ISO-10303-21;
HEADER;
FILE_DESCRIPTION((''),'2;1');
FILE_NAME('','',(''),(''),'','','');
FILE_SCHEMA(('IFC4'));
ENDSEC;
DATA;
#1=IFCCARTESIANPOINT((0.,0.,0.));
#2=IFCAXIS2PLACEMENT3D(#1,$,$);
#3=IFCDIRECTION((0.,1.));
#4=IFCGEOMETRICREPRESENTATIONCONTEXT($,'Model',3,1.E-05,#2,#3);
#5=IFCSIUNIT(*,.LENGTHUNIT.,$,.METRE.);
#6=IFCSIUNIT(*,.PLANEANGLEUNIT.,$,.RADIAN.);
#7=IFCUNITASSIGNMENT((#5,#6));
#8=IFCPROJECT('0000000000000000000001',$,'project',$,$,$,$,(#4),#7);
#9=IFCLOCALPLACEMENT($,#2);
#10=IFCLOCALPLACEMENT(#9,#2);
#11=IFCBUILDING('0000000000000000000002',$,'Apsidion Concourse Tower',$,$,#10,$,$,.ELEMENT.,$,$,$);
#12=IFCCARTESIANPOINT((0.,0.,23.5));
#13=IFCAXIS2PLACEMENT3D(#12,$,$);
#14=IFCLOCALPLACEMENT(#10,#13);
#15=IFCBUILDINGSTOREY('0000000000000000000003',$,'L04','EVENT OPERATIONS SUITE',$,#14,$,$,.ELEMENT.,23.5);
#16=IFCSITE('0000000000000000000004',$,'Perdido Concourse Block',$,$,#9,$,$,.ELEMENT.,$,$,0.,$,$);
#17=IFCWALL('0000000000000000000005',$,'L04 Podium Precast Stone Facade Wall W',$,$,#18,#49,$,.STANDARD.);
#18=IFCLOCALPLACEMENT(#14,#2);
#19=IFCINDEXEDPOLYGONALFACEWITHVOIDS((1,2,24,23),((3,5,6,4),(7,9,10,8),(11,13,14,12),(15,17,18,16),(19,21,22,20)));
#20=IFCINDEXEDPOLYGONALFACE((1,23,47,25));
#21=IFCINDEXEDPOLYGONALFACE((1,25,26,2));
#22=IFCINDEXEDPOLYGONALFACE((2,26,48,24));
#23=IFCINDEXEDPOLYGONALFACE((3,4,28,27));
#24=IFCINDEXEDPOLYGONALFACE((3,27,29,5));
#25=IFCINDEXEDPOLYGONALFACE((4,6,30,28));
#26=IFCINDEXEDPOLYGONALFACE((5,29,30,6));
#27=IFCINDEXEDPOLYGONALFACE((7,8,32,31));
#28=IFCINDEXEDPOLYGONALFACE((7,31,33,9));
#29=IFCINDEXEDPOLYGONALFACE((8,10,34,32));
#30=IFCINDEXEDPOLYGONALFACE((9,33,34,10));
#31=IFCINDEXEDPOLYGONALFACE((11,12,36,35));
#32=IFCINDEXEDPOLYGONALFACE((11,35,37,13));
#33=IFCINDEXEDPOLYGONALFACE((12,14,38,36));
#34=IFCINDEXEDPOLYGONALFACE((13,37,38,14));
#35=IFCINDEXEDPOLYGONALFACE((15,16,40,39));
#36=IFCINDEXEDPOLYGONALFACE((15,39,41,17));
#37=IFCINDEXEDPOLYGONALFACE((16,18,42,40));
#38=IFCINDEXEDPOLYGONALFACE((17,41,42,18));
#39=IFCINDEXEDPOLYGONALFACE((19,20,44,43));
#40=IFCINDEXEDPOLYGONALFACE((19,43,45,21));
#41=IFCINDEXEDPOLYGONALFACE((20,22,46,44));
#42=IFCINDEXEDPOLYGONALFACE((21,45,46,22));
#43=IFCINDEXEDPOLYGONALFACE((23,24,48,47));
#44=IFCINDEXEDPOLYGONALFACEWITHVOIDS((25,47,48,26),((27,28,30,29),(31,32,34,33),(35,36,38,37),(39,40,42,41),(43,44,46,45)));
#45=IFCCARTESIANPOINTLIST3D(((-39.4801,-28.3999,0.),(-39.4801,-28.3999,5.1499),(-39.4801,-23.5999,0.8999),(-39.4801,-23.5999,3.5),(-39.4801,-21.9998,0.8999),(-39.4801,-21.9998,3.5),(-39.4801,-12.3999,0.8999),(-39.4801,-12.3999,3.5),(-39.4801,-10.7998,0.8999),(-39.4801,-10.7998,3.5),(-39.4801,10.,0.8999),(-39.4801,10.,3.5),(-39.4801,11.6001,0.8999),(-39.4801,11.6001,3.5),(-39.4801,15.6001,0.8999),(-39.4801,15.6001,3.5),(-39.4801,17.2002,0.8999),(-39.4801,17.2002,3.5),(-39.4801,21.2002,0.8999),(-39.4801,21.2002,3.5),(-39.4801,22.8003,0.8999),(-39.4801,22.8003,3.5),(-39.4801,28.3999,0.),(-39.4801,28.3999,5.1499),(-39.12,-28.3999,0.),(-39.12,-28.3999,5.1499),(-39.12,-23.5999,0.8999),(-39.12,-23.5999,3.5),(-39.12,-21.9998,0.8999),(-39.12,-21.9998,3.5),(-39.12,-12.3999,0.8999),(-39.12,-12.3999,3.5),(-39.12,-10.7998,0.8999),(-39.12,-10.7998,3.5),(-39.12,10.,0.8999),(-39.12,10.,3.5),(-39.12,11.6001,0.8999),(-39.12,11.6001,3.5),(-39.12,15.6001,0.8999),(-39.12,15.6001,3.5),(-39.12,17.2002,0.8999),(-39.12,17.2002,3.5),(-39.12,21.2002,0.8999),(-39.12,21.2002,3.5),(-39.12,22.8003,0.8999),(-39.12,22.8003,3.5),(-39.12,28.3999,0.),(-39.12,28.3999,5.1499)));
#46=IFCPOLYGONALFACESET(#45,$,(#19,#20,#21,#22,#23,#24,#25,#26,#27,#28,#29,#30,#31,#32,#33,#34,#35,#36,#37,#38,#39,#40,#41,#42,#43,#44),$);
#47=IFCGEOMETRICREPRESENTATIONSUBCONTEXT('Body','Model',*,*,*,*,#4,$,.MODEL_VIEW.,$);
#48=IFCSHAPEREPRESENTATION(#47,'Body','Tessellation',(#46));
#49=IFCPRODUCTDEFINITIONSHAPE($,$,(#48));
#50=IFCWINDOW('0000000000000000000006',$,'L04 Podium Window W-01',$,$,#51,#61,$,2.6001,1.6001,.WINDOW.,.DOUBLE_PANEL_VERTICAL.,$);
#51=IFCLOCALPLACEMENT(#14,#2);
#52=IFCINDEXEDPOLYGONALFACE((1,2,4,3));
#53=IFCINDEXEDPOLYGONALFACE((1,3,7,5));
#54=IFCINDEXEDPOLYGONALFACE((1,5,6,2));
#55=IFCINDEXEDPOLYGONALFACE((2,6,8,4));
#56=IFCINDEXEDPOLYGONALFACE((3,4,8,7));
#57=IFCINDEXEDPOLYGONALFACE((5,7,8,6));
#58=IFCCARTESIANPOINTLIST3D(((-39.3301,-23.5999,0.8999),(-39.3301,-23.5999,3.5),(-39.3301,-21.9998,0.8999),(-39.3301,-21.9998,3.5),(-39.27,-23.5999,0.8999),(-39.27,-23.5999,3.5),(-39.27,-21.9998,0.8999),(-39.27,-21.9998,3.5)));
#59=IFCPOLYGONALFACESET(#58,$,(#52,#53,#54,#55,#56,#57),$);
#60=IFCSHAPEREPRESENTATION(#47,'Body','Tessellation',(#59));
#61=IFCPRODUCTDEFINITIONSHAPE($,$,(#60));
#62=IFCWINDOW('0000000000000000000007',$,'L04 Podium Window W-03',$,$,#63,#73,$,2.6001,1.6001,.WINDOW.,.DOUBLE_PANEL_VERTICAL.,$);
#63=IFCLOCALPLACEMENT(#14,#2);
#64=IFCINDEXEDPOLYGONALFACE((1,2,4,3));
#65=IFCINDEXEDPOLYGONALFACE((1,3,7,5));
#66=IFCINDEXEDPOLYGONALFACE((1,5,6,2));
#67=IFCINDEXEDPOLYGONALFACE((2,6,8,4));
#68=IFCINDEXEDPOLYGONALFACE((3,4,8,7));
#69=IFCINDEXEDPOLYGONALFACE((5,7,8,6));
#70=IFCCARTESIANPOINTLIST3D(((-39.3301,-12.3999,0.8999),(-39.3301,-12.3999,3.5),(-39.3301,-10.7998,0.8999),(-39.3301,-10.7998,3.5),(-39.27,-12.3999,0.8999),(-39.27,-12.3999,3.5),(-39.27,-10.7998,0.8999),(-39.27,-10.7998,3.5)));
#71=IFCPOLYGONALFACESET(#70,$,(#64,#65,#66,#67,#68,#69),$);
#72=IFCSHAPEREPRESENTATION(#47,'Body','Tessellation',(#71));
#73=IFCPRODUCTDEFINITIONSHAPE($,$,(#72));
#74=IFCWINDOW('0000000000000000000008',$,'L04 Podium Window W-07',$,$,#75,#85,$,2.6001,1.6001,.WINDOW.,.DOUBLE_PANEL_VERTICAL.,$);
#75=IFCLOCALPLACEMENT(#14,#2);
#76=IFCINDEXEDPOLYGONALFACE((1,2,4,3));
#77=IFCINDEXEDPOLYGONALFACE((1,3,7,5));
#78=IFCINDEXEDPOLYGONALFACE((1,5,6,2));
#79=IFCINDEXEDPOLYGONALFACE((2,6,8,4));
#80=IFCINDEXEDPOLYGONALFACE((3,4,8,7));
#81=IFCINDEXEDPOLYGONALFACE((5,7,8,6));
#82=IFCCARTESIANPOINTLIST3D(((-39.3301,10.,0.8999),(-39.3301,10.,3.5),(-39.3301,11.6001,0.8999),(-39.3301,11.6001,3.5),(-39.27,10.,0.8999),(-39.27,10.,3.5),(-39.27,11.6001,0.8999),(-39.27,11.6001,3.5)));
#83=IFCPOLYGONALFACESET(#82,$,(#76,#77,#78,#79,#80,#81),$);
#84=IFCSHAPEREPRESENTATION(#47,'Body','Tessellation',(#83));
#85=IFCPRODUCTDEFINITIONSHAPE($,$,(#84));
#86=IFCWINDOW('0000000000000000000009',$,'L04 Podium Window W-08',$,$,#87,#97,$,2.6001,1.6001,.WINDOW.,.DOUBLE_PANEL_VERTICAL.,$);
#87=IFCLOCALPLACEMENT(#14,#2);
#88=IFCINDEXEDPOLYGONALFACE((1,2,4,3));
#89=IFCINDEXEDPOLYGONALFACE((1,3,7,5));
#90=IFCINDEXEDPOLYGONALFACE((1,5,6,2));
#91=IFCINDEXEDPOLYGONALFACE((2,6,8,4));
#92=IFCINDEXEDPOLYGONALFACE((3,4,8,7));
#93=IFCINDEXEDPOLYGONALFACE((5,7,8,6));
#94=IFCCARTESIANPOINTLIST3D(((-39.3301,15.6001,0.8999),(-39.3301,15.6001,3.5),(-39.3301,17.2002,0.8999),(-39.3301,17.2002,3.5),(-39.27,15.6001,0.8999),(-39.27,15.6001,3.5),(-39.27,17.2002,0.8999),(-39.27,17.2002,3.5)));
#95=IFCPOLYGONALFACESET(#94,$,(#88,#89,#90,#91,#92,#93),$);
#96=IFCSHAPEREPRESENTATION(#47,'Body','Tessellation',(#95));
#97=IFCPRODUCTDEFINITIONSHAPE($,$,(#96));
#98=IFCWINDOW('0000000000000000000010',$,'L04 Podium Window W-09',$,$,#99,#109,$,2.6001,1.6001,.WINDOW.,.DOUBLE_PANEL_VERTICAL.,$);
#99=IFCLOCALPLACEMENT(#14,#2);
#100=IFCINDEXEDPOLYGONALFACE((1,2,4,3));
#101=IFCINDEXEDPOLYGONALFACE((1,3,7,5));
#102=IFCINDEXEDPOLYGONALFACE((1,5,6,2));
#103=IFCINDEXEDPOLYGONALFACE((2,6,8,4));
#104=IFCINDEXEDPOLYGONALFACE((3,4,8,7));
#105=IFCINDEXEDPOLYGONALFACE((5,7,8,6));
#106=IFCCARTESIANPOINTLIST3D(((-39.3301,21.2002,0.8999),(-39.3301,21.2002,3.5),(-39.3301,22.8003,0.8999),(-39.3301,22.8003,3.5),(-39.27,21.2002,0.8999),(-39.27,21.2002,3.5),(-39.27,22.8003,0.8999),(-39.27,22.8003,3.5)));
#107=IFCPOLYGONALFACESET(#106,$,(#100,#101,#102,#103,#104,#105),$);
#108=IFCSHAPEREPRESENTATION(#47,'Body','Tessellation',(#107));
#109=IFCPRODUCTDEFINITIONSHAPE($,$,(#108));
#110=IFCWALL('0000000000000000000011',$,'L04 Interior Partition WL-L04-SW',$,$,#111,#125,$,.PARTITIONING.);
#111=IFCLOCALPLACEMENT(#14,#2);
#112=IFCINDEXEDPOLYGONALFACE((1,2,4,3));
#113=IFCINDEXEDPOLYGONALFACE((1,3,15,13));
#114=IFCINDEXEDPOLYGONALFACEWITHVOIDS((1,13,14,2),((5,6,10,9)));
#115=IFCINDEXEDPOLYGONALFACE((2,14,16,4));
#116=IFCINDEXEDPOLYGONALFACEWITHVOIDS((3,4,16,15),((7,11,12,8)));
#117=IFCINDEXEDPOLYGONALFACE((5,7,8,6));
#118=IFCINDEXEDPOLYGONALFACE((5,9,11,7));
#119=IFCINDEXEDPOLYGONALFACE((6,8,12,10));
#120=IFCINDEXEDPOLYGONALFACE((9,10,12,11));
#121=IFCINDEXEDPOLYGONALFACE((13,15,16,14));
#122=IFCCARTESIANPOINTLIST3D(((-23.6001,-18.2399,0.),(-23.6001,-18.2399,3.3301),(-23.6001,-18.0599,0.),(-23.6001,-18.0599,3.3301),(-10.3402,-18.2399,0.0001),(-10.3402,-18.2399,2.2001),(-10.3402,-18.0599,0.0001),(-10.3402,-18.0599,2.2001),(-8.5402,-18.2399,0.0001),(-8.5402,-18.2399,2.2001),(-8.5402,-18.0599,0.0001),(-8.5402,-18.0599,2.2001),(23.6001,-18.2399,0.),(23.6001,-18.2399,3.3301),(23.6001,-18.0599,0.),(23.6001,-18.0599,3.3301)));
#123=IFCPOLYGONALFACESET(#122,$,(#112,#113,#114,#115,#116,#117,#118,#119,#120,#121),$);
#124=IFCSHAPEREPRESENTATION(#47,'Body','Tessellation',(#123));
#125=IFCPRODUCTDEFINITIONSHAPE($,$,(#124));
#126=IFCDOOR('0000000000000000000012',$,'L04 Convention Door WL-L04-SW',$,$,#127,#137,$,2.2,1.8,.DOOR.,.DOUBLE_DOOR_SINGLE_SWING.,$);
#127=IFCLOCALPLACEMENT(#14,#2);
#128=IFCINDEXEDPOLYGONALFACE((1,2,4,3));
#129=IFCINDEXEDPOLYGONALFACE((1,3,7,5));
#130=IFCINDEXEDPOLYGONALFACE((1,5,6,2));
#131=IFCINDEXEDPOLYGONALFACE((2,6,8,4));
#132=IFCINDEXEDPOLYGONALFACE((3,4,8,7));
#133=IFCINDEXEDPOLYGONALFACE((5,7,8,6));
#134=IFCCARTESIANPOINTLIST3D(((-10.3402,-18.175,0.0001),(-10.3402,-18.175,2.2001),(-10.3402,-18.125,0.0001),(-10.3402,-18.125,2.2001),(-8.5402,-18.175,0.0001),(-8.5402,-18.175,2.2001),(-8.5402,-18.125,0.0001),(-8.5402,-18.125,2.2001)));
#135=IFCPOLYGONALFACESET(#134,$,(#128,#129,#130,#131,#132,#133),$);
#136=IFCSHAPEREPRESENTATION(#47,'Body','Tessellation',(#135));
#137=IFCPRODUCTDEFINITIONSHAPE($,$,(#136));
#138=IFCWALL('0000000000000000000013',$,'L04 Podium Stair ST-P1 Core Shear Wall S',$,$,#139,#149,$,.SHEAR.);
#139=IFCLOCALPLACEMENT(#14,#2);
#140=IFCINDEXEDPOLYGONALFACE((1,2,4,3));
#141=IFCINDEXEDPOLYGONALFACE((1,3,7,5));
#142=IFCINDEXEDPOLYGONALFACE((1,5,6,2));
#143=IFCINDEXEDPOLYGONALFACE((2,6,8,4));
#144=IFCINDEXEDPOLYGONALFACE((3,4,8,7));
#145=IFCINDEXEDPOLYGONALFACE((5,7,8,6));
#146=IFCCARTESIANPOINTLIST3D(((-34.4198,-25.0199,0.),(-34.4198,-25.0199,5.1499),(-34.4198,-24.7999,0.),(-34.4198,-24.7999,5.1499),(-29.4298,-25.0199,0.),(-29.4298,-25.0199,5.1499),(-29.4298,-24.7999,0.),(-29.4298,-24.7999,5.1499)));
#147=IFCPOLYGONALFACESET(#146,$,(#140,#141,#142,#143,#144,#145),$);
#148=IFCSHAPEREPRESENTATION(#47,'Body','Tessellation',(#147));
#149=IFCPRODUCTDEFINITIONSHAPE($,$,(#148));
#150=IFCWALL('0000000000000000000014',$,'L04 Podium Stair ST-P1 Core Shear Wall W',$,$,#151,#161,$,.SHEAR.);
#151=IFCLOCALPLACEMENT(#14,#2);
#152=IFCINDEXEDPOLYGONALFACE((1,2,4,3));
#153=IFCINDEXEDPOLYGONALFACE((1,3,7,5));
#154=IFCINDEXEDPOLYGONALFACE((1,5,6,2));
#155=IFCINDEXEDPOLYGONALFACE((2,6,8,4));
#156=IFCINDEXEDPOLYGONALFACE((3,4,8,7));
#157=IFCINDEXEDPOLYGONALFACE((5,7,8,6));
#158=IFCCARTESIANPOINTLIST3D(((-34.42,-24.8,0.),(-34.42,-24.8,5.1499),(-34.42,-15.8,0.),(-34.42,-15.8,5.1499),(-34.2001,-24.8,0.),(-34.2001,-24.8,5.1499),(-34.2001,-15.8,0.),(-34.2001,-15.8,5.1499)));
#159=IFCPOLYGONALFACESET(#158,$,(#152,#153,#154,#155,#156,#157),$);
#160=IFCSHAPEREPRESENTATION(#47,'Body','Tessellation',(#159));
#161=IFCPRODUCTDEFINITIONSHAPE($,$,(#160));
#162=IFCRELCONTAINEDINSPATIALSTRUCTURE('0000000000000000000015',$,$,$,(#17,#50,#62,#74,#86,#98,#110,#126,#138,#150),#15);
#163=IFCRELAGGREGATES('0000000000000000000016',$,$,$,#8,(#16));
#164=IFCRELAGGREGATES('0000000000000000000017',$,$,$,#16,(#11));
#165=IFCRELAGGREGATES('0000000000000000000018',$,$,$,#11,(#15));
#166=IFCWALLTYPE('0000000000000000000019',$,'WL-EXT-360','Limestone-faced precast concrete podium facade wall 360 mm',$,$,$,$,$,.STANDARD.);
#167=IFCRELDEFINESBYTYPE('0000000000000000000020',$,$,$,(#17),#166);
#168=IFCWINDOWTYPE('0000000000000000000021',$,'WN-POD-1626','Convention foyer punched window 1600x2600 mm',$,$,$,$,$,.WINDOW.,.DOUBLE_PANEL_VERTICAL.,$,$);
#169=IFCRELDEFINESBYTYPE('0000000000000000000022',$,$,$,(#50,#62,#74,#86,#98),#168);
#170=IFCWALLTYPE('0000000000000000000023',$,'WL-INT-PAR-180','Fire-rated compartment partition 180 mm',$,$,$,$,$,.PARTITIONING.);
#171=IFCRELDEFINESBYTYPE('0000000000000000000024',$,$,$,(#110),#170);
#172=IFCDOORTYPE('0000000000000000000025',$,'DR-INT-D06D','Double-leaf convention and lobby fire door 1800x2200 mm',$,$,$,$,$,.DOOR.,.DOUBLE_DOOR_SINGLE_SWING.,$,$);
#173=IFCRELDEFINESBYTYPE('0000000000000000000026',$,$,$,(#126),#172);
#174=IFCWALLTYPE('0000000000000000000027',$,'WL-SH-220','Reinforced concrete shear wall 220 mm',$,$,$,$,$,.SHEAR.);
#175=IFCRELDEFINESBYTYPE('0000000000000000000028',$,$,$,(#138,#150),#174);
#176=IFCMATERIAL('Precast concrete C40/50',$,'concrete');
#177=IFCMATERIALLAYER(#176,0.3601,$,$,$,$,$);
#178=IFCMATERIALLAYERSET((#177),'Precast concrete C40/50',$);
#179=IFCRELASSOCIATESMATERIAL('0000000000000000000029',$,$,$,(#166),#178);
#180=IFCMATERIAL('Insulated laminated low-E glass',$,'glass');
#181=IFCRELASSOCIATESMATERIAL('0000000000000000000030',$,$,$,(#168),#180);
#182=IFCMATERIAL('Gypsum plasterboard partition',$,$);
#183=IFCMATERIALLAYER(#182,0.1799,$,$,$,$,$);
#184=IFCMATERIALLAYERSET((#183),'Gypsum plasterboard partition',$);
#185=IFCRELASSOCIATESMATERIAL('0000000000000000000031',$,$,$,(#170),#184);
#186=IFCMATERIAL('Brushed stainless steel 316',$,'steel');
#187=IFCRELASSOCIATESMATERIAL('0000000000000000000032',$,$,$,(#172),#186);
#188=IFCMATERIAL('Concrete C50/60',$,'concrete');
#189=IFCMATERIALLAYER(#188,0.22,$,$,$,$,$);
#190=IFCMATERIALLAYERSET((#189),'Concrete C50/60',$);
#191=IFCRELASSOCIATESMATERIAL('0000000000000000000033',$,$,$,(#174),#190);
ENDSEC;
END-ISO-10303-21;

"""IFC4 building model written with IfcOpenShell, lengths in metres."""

from ifc_helpers import new_model, si_unit, direction, frame, frame_2d, origin, place, context, subcontext, project, spatial, rectangle, extrude, material, layer, layer_set, type_object, element, fill, save


model = new_model("IFC4")

# Units and contexts
model_context = context("Model", 3, precision=1e-05, world=origin(), true_north=direction((0.0, 1.0)))
body_context = subcontext(model_context, "Body", "Model", "MODEL_VIEW")
ifc_project = project(units=[si_unit("LENGTHUNIT", "METRE"), si_unit("PLANEANGLEUNIT", "RADIAN")], contexts=[model_context])

# Site, building, storey
site_placement = place(None, origin())
site = spatial("IfcSite", under=ifc_project, at=site_placement, Name="Perdido Concourse Block", CompositionType="ELEMENT", RefElevation=0.0)
building_placement = place(site_placement, origin())
building = spatial("IfcBuilding", under=site, at=building_placement, Name="Apsidion Concourse Tower", CompositionType="ELEMENT")
storey_placement = place(building_placement, frame((0.0, 0.0, 23.5)))
storey = spatial("IfcBuildingStorey", under=building, at=storey_placement, Name="L04", Description="EVENT OPERATIONS SUITE", CompositionType="ELEMENT", Elevation=23.5)

# Wall, openings, windows
ifc_material_1 = material(Name="Precast concrete C40/50", Category="concrete")
ifc_layer_1 = layer(ifc_material_1, 0.3601)
ifc_layer_set_1 = layer_set([ifc_layer_1], Name="Precast concrete C40/50")
wall_type_1 = type_object("IfcWallType", Name="WL-EXT-360", Description="Limestone-faced precast concrete podium facade wall 360 mm", PredefinedType="STANDARD", material=ifc_layer_set_1)
wall_1_placement = place(storey_placement, frame((-39.3, -28.3999, 0.0), z_axis=(0.0, 0.0, 1.0), x_axis=(0.0, 1.0, 0.0)))
wall_1 = element("IfcWall", 1, at=wall_1_placement, inside=storey, type_object=wall_type_1, Name="L04 Podium Precast Stone Facade Wall W", PredefinedType="STANDARD", context=body_context, shape_type="SweptSolid", body=[
    extrude(rectangle(XDim=56.7998, YDim=0.3601, at=frame_2d((28.3999, 0.0))), origin(), (0.0, 0.0, 1.0), 5.1499),
])
opening_1_placement = place(wall_1_placement, frame((4.8, 0.0, 0.8999)))
opening_1 = element("IfcOpeningElement", 2, at=opening_1_placement, cuts=wall_1, PredefinedType="OPENING", context=body_context, shape_type="SweptSolid", body=[
    extrude(rectangle(XDim=1.6001, YDim=2.6001, at=frame_2d((0.8, 1.3))), frame((0.0, 0.1899, 0.0), z_axis=(0.0, -1.0, 0.0), x_axis=(1.0, 0.0, 0.0)), (0.0, 0.0, 1.0), 0.3801),
])
opening_2_placement = place(wall_1_placement, frame((16.0, 0.0, 0.8999)))
opening_2 = element("IfcOpeningElement", 3, at=opening_2_placement, cuts=wall_1, PredefinedType="OPENING", context=body_context, shape_type="SweptSolid", body=[
    extrude(rectangle(XDim=1.6001, YDim=2.6001, at=frame_2d((0.8, 1.3))), frame((0.0, 0.1899, 0.0), z_axis=(0.0, -1.0, 0.0), x_axis=(1.0, 0.0, 0.0)), (0.0, 0.0, 1.0), 0.3801),
])
opening_3_placement = place(wall_1_placement, frame((38.3999, 0.0, 0.8999)))
opening_3 = element("IfcOpeningElement", 4, at=opening_3_placement, cuts=wall_1, PredefinedType="OPENING", context=body_context, shape_type="SweptSolid", body=[
    extrude(rectangle(XDim=1.6001, YDim=2.6001, at=frame_2d((0.8, 1.3))), frame((0.0, 0.1899, 0.0), z_axis=(0.0, -1.0, 0.0), x_axis=(1.0, 0.0, 0.0)), (0.0, 0.0, 1.0), 0.3801),
])
opening_4_placement = place(wall_1_placement, frame((44.0, 0.0, 0.8999)))
opening_4 = element("IfcOpeningElement", 5, at=opening_4_placement, cuts=wall_1, PredefinedType="OPENING", context=body_context, shape_type="SweptSolid", body=[
    extrude(rectangle(XDim=1.6001, YDim=2.6001, at=frame_2d((0.8, 1.3))), frame((0.0, 0.1899, 0.0), z_axis=(0.0, -1.0, 0.0), x_axis=(1.0, 0.0, 0.0)), (0.0, 0.0, 1.0), 0.3801),
])
opening_5_placement = place(wall_1_placement, frame((49.6001, 0.0, 0.8999)))
opening_5 = element("IfcOpeningElement", 6, at=opening_5_placement, cuts=wall_1, PredefinedType="OPENING", context=body_context, shape_type="SweptSolid", body=[
    extrude(rectangle(XDim=1.6001, YDim=2.6001, at=frame_2d((0.8, 1.3))), frame((0.0, 0.1899, 0.0), z_axis=(0.0, -1.0, 0.0), x_axis=(1.0, 0.0, 0.0)), (0.0, 0.0, 1.0), 0.3801),
])
ifc_material_2 = material(Name="Insulated laminated low-E glass", Category="glass")
window_type = type_object("IfcWindowType", Name="WN-POD-1626", Description="Convention foyer punched window 1600x2600 mm", PartitioningType="DOUBLE_PANEL_VERTICAL", PredefinedType="WINDOW", material=ifc_material_2)
window_1_placement = place(opening_1_placement, origin())
window_1 = element("IfcWindow", 7, at=window_1_placement, inside=storey, type_object=window_type, Name="L04 Podium Window W-01", OverallHeight=2.6001, OverallWidth=1.6001, PartitioningType="DOUBLE_PANEL_VERTICAL", PredefinedType="WINDOW", context=body_context, shape_type="SweptSolid", body=[
    extrude(rectangle(XDim=1.6001, YDim=2.6001, at=frame_2d((0.8, 1.3))), frame((0.0, 0.03, 0.0), z_axis=(0.0, -1.0, 0.0), x_axis=(1.0, 0.0, 0.0)), (0.0, 0.0, 1.0), 0.0601),
])
fill(opening_1, window_1)
window_2_placement = place(opening_2_placement, origin())
window_2 = element("IfcWindow", 8, at=window_2_placement, inside=storey, type_object=window_type, Name="L04 Podium Window W-03", OverallHeight=2.6001, OverallWidth=1.6001, PartitioningType="DOUBLE_PANEL_VERTICAL", PredefinedType="WINDOW", context=body_context, shape_type="SweptSolid", body=[
    extrude(rectangle(XDim=1.6001, YDim=2.6001, at=frame_2d((0.8, 1.3))), frame((0.0, 0.03, 0.0), z_axis=(0.0, -1.0, 0.0), x_axis=(1.0, 0.0, 0.0)), (0.0, 0.0, 1.0), 0.0601),
])
fill(opening_2, window_2)
window_3_placement = place(opening_3_placement, origin())
window_3 = element("IfcWindow", 9, at=window_3_placement, inside=storey, type_object=window_type, Name="L04 Podium Window W-07", OverallHeight=2.6001, OverallWidth=1.6001, PartitioningType="DOUBLE_PANEL_VERTICAL", PredefinedType="WINDOW", context=body_context, shape_type="SweptSolid", body=[
    extrude(rectangle(XDim=1.6001, YDim=2.6001, at=frame_2d((0.8, 1.3))), frame((0.0, 0.03, 0.0), z_axis=(0.0, -1.0, 0.0), x_axis=(1.0, 0.0, 0.0)), (0.0, 0.0, 1.0), 0.0601),
])
fill(opening_3, window_3)
window_4_placement = place(opening_4_placement, origin())
window_4 = element("IfcWindow", 10, at=window_4_placement, inside=storey, type_object=window_type, Name="L04 Podium Window W-08", OverallHeight=2.6001, OverallWidth=1.6001, PartitioningType="DOUBLE_PANEL_VERTICAL", PredefinedType="WINDOW", context=body_context, shape_type="SweptSolid", body=[
    extrude(rectangle(XDim=1.6001, YDim=2.6001, at=frame_2d((0.8, 1.3))), frame((0.0, 0.03, 0.0), z_axis=(0.0, -1.0, 0.0), x_axis=(1.0, 0.0, 0.0)), (0.0, 0.0, 1.0), 0.0601),
])
fill(opening_4, window_4)
window_5_placement = place(opening_5_placement, origin())
window_5 = element("IfcWindow", 11, at=window_5_placement, inside=storey, type_object=window_type, Name="L04 Podium Window W-09", OverallHeight=2.6001, OverallWidth=1.6001, PartitioningType="DOUBLE_PANEL_VERTICAL", PredefinedType="WINDOW", context=body_context, shape_type="SweptSolid", body=[
    extrude(rectangle(XDim=1.6001, YDim=2.6001, at=frame_2d((0.8, 1.3))), frame((0.0, 0.03, 0.0), z_axis=(0.0, -1.0, 0.0), x_axis=(1.0, 0.0, 0.0)), (0.0, 0.0, 1.0), 0.0601),
])
fill(opening_5, window_5)

# Wall, opening, door
ifc_material_3 = material(Name="Gypsum plasterboard partition")
ifc_layer_2 = layer(ifc_material_3, 0.1799)
ifc_layer_set_2 = layer_set([ifc_layer_2], Name="Gypsum plasterboard partition")
wall_type_2 = type_object("IfcWallType", Name="WL-INT-PAR-180", Description="Fire-rated compartment partition 180 mm", PredefinedType="PARTITIONING", material=ifc_layer_set_2)
wall_2_placement = place(storey_placement, frame((-23.6001, -18.1499, 0.0), z_axis=(0.0, 0.0, 1.0), x_axis=(1.0, 0.0, 0.0)))
wall_2 = element("IfcWall", 12, at=wall_2_placement, inside=storey, type_object=wall_type_2, Name="L04 Interior Partition WL-L04-SW", PredefinedType="PARTITIONING", context=body_context, shape_type="SweptSolid", body=[
    extrude(rectangle(XDim=47.2002, YDim=0.1799, at=frame_2d((23.6001, 0.0))), origin(), (0.0, 0.0, 1.0), 3.3301),
])
opening_6_placement = place(wall_2_placement, frame((13.26, 0.0, 0.0)))
opening_6 = element("IfcOpeningElement", 13, at=opening_6_placement, cuts=wall_2, PredefinedType="OPENING", context=body_context, shape_type="SweptSolid", body=[
    extrude(rectangle(XDim=1.8, YDim=2.2, at=frame_2d((0.8999, 1.1001))), frame((0.0, 0.1001, 0.0), z_axis=(0.0, -1.0, 0.0), x_axis=(1.0, 0.0, 0.0)), (0.0, 0.0, 1.0), 0.2),
])
ifc_material_4 = material(Name="Brushed stainless steel 316", Category="steel")
door_type_1 = type_object("IfcDoorType", Name="DR-INT-D06D", Description="Double-leaf convention and lobby fire door 1800x2200 mm", OperationType="DOUBLE_DOOR_SINGLE_SWING", PredefinedType="DOOR", material=ifc_material_4)
door_1_placement = place(opening_6_placement, origin())
door_1 = element("IfcDoor", 14, at=door_1_placement, inside=storey, type_object=door_type_1, Name="L04 Convention Door WL-L04-SW", OperationType="DOUBLE_DOOR_SINGLE_SWING", OverallHeight=2.2, OverallWidth=1.8, PredefinedType="DOOR", context=body_context, shape_type="SweptSolid", body=[
    extrude(rectangle(XDim=1.8, YDim=2.2, at=frame_2d((0.8999, 1.1001))), frame((0.0, 0.0249, 0.0), z_axis=(0.0, -1.0, 0.0), x_axis=(1.0, 0.0, 0.0)), (0.0, 0.0, 1.0), 0.05),
])
fill(opening_6, door_1)

# Walls
ifc_material_5 = material(Name="Concrete C50/60", Category="concrete")
ifc_layer_3 = layer(ifc_material_5, 0.22)
ifc_layer_set_3 = layer_set([ifc_layer_3], Name="Concrete C50/60")
wall_type_3 = type_object("IfcWallType", Name="WL-SH-220", Description="Reinforced concrete shear wall 220 mm", PredefinedType="SHEAR", material=ifc_layer_set_3)
wall_3_placement = place(storey_placement, frame((-34.4199, -24.9099, 0.0), z_axis=(0.0, 0.0, 1.0), x_axis=(1.0, 0.0, 0.0)))
element("IfcWall", 15, at=wall_3_placement, inside=storey, type_object=wall_type_3, Name="L04 Podium Stair ST-P1 Core Shear Wall S", PredefinedType="SHEAR", context=body_context, shape_type="SweptSolid", body=[
    extrude(rectangle(XDim=4.99, YDim=0.22, at=frame_2d((2.4951, 0.0))), origin(), (0.0, 0.0, 1.0), 5.1499),
])
wall_4_placement = place(storey_placement, frame((-34.3101, -24.8, 0.0), z_axis=(0.0, 0.0, 1.0), x_axis=(0.0, 1.0, 0.0)))
element("IfcWall", 16, at=wall_4_placement, inside=storey, type_object=wall_type_3, Name="L04 Podium Stair ST-P1 Core Shear Wall W", PredefinedType="SHEAR", context=body_context, shape_type="SweptSolid", body=[
    extrude(rectangle(XDim=9.0, YDim=0.22, at=frame_2d((4.5, 0.0))), origin(), (0.0, 0.0, 1.0), 5.1499),
])

save(model, "model.ifc")
